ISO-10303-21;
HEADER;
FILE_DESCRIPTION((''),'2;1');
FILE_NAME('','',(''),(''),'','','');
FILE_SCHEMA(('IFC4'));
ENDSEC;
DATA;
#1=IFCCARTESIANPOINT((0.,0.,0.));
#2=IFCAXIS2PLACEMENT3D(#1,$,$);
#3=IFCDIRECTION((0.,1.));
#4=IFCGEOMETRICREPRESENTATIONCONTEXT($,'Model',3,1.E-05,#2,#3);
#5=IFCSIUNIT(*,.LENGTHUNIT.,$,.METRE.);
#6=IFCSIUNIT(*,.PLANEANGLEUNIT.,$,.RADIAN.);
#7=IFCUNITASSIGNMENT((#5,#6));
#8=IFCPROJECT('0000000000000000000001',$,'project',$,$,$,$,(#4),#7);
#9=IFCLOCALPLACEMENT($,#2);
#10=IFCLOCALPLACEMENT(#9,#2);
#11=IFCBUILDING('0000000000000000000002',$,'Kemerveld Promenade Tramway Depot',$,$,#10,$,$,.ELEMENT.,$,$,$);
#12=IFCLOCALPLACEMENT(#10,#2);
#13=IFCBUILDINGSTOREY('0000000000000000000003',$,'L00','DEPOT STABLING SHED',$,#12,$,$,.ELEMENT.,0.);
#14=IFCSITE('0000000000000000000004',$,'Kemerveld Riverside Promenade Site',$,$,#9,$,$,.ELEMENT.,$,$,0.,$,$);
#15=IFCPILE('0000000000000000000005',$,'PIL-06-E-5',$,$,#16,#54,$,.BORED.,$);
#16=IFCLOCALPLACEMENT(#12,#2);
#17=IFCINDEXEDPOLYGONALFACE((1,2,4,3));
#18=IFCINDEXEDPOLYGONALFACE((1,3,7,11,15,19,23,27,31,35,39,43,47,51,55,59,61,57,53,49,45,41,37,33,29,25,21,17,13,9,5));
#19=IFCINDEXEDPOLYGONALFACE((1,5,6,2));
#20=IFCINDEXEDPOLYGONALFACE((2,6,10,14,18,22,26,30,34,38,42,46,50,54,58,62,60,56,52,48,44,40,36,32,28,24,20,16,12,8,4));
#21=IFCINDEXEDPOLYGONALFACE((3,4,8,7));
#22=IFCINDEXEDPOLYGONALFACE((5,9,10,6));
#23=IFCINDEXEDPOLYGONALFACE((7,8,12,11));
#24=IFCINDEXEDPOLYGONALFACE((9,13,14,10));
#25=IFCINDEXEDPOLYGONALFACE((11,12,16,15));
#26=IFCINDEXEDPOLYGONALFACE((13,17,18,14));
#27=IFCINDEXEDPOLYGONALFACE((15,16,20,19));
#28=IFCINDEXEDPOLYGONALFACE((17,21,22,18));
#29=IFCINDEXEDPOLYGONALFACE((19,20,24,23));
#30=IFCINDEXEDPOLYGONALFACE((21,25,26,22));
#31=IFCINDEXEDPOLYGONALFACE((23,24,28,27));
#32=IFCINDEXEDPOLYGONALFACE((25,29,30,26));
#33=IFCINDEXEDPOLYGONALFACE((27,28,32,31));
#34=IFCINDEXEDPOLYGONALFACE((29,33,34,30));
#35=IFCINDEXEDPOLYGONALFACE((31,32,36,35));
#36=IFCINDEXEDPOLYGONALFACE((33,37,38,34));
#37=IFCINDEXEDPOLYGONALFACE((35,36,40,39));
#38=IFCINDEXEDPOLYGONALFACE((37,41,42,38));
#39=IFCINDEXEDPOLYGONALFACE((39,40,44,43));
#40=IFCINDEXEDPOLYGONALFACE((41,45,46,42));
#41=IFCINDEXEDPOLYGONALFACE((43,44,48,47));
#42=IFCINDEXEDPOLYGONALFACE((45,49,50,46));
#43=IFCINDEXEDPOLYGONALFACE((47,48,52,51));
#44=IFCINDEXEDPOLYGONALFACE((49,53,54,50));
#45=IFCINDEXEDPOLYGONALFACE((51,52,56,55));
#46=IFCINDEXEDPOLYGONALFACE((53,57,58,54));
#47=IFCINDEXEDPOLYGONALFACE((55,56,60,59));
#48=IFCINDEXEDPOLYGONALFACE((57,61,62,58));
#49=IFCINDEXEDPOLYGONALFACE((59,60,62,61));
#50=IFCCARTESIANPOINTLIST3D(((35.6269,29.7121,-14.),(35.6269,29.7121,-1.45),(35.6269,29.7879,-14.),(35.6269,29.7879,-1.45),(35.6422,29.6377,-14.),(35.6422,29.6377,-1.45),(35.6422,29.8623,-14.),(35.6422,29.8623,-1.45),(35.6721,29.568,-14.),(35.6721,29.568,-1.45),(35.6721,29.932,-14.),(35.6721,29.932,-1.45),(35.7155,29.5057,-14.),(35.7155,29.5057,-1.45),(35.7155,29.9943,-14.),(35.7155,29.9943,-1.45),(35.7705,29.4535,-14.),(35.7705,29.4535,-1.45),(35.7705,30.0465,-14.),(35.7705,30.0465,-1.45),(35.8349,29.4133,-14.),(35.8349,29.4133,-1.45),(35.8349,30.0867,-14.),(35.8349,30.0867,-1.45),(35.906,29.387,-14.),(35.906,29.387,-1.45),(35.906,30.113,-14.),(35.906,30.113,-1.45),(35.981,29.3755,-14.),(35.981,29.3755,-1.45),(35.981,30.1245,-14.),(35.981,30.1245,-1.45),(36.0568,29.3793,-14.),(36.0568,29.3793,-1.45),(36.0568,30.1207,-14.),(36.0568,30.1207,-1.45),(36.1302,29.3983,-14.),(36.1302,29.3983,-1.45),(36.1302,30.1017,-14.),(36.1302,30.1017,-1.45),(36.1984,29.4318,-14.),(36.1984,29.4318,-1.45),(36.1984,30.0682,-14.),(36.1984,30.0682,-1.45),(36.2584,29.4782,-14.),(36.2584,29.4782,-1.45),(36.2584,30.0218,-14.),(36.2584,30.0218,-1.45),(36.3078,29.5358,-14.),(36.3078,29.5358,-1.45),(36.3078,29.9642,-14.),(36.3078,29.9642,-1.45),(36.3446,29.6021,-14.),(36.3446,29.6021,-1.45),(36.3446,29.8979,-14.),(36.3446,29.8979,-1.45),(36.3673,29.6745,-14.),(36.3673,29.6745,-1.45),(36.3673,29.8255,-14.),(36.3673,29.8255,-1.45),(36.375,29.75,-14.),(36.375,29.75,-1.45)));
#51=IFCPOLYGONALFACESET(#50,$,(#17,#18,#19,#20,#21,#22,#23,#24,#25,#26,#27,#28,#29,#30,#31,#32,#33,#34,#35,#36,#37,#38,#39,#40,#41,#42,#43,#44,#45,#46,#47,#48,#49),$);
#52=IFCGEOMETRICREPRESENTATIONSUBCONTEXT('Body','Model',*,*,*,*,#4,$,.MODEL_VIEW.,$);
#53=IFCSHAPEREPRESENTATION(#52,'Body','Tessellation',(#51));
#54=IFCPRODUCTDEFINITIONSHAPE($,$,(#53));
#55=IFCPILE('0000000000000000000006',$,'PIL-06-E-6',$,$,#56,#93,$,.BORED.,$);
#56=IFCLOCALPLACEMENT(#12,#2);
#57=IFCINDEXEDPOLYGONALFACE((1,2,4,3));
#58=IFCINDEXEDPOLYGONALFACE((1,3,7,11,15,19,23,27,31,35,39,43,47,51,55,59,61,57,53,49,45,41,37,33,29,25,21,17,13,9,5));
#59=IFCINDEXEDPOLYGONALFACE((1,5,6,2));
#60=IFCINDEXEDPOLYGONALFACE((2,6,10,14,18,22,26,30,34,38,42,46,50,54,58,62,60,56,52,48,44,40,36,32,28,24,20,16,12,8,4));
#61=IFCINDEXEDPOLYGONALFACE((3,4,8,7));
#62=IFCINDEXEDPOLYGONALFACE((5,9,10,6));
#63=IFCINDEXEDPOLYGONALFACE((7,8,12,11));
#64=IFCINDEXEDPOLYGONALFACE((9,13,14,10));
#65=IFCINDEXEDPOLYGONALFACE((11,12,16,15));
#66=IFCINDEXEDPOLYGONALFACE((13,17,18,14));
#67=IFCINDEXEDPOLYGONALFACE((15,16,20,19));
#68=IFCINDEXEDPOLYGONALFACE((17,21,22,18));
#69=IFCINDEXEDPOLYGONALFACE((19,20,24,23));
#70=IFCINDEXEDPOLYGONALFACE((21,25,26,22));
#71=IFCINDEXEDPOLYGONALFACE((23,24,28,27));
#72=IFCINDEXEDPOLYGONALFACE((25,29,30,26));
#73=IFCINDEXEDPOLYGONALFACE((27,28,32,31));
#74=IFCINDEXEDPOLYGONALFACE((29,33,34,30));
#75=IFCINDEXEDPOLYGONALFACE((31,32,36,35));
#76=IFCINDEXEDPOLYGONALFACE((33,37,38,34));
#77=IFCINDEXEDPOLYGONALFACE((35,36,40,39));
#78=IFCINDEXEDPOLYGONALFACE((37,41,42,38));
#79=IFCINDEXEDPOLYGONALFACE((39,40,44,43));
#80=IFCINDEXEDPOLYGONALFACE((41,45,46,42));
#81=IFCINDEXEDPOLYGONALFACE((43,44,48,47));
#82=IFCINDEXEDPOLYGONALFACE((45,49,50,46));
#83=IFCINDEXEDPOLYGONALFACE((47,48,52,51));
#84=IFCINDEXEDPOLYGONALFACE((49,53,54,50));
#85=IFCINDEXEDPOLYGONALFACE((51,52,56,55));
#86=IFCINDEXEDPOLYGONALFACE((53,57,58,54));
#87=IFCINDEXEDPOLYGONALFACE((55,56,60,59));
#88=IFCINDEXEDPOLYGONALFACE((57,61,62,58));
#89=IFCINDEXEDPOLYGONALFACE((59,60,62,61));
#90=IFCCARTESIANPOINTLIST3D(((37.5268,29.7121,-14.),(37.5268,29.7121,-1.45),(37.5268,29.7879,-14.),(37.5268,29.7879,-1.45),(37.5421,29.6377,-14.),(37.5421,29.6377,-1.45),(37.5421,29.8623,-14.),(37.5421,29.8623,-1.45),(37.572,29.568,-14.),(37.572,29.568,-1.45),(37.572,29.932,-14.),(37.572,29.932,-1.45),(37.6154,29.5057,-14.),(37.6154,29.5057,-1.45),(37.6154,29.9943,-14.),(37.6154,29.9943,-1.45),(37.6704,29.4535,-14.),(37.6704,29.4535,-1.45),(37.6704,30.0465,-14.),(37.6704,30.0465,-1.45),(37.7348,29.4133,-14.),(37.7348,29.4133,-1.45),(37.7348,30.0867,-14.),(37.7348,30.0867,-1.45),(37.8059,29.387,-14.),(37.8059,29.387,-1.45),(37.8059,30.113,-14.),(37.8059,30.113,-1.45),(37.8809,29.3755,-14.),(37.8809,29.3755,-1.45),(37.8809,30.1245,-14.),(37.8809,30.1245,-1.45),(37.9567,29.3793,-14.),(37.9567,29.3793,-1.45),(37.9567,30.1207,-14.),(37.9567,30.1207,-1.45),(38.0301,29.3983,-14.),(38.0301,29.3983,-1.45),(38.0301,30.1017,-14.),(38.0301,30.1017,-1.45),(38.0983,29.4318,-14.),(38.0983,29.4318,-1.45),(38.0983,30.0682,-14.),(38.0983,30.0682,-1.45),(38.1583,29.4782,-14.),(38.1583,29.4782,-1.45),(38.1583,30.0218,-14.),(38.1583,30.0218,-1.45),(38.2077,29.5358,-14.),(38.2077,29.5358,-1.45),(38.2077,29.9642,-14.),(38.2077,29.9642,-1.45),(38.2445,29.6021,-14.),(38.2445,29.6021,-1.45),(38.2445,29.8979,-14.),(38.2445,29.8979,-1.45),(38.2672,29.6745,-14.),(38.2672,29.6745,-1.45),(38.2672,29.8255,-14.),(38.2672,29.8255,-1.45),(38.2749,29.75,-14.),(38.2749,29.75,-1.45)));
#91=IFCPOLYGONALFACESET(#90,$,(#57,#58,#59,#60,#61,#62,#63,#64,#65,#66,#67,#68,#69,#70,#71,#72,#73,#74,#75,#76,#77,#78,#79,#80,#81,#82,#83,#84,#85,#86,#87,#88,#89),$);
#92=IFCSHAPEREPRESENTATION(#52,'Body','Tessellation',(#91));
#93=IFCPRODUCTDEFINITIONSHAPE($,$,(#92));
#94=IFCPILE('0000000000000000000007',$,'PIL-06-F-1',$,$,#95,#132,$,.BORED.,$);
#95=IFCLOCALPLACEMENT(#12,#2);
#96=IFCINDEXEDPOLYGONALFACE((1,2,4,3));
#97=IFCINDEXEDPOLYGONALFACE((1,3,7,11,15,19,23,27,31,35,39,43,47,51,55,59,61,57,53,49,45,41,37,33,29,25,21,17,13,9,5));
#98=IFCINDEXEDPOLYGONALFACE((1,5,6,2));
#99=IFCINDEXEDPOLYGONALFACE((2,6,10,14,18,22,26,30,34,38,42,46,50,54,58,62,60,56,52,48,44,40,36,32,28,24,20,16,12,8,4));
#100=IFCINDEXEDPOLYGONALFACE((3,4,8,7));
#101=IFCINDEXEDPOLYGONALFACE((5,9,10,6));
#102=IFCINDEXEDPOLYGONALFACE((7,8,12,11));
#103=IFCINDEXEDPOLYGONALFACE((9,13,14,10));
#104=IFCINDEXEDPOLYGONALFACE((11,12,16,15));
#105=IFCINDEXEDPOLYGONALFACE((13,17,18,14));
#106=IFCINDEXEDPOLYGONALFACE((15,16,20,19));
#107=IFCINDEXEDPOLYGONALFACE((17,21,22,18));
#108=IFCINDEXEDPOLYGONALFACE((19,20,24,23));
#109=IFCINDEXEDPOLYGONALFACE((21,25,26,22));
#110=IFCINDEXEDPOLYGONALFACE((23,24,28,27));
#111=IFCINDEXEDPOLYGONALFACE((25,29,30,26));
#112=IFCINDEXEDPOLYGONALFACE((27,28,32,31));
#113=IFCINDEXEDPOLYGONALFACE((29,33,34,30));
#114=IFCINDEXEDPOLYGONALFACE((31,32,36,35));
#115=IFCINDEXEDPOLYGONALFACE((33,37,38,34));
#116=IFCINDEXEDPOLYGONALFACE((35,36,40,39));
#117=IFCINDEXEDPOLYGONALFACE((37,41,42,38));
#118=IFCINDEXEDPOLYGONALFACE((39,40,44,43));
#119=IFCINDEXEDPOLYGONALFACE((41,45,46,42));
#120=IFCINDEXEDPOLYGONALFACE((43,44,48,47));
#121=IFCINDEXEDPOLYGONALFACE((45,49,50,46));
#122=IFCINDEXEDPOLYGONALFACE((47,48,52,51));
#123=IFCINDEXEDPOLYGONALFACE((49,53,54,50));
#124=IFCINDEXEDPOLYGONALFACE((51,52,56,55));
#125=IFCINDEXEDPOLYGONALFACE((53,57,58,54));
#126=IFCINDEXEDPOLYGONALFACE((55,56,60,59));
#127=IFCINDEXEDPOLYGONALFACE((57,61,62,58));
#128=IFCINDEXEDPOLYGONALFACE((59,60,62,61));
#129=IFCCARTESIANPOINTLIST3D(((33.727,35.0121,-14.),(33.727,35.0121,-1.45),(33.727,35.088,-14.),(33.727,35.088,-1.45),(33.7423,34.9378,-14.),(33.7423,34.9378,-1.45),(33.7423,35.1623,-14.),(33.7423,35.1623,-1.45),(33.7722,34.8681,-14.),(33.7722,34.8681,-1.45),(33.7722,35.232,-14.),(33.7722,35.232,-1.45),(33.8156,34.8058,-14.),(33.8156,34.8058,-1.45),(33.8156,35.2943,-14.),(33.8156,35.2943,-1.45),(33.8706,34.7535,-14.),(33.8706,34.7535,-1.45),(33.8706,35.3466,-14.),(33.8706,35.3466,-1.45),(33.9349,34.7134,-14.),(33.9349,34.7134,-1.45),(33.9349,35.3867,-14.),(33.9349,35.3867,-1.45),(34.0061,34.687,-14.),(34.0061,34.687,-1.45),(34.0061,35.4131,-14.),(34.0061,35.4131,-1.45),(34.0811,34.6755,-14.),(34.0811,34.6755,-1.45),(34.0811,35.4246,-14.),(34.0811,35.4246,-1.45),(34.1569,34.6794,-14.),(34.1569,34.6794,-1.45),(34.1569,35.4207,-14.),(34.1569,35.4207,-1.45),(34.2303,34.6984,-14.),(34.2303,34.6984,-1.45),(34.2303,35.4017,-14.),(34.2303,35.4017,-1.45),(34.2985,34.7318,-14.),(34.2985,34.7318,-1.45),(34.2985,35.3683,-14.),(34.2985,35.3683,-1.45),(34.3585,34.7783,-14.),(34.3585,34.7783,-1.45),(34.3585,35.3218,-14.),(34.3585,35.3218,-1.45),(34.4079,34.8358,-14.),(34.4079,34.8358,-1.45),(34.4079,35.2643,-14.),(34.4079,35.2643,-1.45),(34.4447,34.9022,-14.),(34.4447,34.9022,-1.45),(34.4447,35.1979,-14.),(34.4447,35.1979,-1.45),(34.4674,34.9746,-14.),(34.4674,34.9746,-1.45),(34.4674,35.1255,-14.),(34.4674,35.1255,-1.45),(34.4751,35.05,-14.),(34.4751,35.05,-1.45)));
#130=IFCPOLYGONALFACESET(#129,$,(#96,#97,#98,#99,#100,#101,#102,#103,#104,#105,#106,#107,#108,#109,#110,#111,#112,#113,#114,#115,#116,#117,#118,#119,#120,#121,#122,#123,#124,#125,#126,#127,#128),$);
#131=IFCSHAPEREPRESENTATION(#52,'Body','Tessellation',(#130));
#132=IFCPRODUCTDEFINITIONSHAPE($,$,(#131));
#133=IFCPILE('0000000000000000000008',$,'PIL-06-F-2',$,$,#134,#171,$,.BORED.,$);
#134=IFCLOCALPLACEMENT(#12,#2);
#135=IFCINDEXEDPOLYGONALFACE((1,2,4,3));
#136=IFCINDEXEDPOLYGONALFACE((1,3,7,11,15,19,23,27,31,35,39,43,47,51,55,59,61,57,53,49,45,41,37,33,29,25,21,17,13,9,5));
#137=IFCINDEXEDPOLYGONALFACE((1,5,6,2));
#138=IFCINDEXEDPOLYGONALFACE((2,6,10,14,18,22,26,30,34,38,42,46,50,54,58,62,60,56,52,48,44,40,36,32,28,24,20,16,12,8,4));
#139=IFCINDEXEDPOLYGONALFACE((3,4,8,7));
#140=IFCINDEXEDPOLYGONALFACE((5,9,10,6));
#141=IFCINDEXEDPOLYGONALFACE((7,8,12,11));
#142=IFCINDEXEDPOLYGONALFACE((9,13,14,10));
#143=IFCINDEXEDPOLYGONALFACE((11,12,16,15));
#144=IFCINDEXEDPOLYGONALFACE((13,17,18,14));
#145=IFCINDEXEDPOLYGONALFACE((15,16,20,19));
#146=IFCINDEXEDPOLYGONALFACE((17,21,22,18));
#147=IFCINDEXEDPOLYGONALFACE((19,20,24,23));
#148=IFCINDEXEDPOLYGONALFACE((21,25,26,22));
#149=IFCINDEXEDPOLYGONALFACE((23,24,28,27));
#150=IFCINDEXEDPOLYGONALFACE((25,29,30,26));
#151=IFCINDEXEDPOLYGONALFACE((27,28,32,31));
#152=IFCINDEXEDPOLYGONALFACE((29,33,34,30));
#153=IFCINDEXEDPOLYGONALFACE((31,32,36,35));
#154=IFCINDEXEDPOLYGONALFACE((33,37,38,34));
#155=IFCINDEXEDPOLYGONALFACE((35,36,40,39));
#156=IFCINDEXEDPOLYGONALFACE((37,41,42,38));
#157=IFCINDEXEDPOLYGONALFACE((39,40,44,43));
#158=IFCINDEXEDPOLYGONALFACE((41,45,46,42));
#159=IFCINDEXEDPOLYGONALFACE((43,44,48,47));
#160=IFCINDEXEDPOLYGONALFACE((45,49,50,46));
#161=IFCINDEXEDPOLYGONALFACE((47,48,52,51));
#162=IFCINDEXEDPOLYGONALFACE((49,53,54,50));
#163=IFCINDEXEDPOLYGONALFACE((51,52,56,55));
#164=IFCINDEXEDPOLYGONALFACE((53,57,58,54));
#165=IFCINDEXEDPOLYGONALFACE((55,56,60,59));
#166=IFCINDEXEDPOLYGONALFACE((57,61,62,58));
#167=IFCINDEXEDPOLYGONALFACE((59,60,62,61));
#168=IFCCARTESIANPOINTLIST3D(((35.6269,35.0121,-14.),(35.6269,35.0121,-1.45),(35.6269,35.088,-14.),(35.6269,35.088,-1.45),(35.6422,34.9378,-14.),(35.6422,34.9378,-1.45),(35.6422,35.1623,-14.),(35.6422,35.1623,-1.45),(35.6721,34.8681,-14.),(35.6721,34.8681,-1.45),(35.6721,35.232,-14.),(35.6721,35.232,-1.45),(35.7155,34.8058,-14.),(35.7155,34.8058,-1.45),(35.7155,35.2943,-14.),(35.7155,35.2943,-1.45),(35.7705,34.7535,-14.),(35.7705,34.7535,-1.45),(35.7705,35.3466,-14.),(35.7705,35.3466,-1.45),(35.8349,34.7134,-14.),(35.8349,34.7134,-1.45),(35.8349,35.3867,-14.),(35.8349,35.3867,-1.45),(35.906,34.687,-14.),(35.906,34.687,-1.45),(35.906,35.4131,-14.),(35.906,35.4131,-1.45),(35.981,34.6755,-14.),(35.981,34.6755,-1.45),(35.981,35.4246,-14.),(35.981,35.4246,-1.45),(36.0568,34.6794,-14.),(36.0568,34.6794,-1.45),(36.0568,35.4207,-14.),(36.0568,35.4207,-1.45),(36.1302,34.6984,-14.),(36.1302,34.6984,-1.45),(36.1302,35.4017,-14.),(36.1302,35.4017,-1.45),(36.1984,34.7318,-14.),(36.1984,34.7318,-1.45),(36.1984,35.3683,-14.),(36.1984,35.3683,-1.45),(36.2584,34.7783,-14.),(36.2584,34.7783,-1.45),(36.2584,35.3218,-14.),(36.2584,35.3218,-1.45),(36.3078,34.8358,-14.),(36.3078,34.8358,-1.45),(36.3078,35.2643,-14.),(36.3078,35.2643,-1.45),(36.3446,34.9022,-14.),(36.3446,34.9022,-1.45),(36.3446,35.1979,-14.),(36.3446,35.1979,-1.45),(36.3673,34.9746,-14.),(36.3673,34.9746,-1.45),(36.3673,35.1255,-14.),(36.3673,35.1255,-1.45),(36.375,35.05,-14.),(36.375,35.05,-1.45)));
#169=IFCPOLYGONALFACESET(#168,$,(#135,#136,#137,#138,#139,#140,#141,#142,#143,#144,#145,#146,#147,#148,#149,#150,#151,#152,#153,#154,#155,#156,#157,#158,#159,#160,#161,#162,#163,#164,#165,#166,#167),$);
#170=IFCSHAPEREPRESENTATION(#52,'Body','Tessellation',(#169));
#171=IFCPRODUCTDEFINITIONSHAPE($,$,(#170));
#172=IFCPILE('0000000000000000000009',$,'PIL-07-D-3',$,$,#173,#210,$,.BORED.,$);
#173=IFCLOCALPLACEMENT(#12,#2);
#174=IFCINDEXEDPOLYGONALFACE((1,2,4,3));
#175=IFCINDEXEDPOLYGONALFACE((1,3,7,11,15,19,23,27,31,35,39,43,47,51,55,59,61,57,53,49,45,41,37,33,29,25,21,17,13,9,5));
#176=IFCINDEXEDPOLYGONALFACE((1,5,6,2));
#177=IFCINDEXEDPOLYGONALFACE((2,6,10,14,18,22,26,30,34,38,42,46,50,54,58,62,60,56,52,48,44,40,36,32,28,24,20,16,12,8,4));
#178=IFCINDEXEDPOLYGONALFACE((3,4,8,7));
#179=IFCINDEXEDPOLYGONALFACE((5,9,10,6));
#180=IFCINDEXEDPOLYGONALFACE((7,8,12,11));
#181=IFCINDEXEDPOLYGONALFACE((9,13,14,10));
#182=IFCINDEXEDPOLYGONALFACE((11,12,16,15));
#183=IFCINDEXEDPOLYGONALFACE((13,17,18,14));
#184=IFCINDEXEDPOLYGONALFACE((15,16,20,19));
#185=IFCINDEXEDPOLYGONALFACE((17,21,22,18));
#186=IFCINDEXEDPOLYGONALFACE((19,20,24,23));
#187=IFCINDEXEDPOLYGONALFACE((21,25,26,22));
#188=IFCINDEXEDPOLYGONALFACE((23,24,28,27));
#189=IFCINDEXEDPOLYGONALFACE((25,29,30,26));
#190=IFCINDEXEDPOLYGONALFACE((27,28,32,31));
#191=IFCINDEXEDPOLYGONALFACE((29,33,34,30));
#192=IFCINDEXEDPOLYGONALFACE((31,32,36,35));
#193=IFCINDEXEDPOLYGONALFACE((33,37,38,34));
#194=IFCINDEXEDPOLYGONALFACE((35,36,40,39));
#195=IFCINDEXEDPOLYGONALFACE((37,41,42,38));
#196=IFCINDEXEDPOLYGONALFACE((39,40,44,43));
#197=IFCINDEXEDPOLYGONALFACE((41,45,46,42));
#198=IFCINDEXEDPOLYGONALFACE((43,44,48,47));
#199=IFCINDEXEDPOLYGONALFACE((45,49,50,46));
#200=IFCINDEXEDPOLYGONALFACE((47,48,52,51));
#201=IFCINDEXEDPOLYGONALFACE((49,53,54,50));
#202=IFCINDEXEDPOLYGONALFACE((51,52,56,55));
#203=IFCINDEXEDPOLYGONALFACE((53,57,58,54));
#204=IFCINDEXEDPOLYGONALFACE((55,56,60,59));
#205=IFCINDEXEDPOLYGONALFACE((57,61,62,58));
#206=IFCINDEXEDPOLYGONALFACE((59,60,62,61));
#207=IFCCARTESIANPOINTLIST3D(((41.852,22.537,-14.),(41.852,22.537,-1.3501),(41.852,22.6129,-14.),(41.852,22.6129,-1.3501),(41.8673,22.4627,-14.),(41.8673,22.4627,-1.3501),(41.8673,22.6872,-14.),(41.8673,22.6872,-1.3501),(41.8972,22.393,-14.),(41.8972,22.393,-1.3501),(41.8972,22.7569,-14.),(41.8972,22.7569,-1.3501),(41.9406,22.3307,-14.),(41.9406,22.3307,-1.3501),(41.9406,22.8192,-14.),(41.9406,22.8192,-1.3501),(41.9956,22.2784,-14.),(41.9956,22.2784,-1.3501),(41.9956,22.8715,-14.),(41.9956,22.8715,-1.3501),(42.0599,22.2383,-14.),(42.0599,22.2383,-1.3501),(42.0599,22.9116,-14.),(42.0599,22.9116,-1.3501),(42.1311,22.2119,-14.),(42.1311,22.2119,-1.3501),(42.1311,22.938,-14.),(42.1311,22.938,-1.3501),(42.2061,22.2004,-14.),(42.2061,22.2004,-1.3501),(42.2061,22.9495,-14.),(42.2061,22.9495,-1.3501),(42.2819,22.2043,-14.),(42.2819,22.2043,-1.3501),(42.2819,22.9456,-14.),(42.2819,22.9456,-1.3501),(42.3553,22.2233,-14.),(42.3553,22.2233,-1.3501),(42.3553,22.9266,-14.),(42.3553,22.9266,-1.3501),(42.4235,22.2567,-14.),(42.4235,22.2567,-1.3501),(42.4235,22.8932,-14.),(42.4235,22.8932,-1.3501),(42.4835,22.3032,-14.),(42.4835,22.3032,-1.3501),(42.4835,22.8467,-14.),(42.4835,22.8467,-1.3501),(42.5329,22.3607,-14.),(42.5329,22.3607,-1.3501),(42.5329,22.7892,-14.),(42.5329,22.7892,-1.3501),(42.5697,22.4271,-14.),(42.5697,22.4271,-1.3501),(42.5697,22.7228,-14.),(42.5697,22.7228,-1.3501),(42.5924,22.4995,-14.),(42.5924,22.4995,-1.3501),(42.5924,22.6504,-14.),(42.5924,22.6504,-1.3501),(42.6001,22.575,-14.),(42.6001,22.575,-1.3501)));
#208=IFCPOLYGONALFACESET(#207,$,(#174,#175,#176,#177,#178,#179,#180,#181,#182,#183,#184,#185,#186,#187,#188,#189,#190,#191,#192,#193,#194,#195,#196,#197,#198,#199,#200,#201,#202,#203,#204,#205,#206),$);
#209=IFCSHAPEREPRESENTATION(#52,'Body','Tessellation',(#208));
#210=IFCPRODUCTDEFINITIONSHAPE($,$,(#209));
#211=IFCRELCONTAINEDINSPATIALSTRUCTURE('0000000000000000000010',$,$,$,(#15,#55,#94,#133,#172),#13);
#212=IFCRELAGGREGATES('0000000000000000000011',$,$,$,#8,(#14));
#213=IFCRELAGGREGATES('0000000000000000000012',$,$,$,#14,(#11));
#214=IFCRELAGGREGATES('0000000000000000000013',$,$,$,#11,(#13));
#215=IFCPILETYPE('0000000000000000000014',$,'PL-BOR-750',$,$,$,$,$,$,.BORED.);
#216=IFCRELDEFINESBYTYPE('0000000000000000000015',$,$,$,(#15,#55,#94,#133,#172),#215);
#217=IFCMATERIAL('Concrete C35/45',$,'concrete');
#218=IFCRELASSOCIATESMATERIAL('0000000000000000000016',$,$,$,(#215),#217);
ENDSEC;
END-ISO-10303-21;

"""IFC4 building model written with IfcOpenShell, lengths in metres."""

from ifc_helpers import new_model, si_unit, direction, frame, origin, origin_2d, place, context, subcontext, project, spatial, circle, extrude, material, material_profile, profile_set, type_object, element, save


model = new_model("IFC4")

# Units and contexts
model_context = context("Model", 3, precision=1e-05, world=origin(), true_north=direction((0.0, 1.0)))
body_context = subcontext(model_context, "Body", "Model", "MODEL_VIEW")
ifc_project = project(units=[si_unit("LENGTHUNIT", "METRE"), si_unit("PLANEANGLEUNIT", "RADIAN")], contexts=[model_context])

# Site, building, storey
site_placement = place(None, origin())
site = spatial("IfcSite", under=ifc_project, at=site_placement, Name="Kemerveld Riverside Promenade Site", CompositionType="ELEMENT", RefElevation=0.0)
building_placement = place(site_placement, origin())
building = spatial("IfcBuilding", under=site, at=building_placement, Name="Kemerveld Promenade Tramway Depot", CompositionType="ELEMENT")
storey_placement = place(building_placement, origin())
storey = spatial("IfcBuildingStorey", under=building, at=storey_placement, Name="L00", Description="DEPOT STABLING SHED", CompositionType="ELEMENT", Elevation=0.0)

# Shared definitions
ifc_material_1 = material(Name="Concrete C35/45", Category="concrete")

# Piles
ifc_material_profile_1 = material_profile(ifc_material_1, circle(Radius=0.375, at=origin_2d()), Name="PILE-D750")
ifc_profile_set_1 = profile_set([ifc_material_profile_1], Name="Concrete C35/45")
pile_type = type_object("IfcPileType", Name="PL-BOR-750", PredefinedType="BORED", material=ifc_profile_set_1)
for number, where, z_axis, x_axis, name in (
    (1, (36.0, 29.75, -1.45), (0.0, 0.0, -1.0), (1.0, 0.0, 0.0), "PIL-06-E-5"),
    (2, (37.8999, 29.75, -1.45), (0.0, 0.0, -1.0), (1.0, 0.0, 0.0), "PIL-06-E-6"),
    (3, (34.1001, 35.05, -1.45), (0.0, 0.0, -1.0), (1.0, 0.0, 0.0), "PIL-06-F-1"),
    (4, (36.0, 35.05, -1.45), (0.0, 0.0, -1.0), (1.0, 0.0, 0.0), "PIL-06-F-2"),
):
    element("IfcPile", number, at=place(storey_placement, frame(where, z_axis=z_axis, x_axis=x_axis)), inside=storey, type_object=pile_type, Name=name, PredefinedType="BORED", context=body_context, shape_type="SweptSolid", body=[
        extrude(circle(Radius=0.375, at=origin_2d()), origin(), (0.0, 0.0, 1.0), 12.55),
    ])
for number, where, z_axis, x_axis, name in (
    (5, (42.2251, 22.575, -1.3501), (0.0, 0.0, -1.0), (1.0, 0.0, 0.0), "PIL-07-D-3"),
):
    element("IfcPile", number, at=place(storey_placement, frame(where, z_axis=z_axis, x_axis=x_axis)), inside=storey, type_object=pile_type, Name=name, PredefinedType="BORED", context=body_context, shape_type="SweptSolid", body=[
        extrude(circle(Radius=0.375, at=origin_2d()), origin(), (0.0, 0.0, 1.0), 12.6499),
    ])

save(model, "model.ifc")
